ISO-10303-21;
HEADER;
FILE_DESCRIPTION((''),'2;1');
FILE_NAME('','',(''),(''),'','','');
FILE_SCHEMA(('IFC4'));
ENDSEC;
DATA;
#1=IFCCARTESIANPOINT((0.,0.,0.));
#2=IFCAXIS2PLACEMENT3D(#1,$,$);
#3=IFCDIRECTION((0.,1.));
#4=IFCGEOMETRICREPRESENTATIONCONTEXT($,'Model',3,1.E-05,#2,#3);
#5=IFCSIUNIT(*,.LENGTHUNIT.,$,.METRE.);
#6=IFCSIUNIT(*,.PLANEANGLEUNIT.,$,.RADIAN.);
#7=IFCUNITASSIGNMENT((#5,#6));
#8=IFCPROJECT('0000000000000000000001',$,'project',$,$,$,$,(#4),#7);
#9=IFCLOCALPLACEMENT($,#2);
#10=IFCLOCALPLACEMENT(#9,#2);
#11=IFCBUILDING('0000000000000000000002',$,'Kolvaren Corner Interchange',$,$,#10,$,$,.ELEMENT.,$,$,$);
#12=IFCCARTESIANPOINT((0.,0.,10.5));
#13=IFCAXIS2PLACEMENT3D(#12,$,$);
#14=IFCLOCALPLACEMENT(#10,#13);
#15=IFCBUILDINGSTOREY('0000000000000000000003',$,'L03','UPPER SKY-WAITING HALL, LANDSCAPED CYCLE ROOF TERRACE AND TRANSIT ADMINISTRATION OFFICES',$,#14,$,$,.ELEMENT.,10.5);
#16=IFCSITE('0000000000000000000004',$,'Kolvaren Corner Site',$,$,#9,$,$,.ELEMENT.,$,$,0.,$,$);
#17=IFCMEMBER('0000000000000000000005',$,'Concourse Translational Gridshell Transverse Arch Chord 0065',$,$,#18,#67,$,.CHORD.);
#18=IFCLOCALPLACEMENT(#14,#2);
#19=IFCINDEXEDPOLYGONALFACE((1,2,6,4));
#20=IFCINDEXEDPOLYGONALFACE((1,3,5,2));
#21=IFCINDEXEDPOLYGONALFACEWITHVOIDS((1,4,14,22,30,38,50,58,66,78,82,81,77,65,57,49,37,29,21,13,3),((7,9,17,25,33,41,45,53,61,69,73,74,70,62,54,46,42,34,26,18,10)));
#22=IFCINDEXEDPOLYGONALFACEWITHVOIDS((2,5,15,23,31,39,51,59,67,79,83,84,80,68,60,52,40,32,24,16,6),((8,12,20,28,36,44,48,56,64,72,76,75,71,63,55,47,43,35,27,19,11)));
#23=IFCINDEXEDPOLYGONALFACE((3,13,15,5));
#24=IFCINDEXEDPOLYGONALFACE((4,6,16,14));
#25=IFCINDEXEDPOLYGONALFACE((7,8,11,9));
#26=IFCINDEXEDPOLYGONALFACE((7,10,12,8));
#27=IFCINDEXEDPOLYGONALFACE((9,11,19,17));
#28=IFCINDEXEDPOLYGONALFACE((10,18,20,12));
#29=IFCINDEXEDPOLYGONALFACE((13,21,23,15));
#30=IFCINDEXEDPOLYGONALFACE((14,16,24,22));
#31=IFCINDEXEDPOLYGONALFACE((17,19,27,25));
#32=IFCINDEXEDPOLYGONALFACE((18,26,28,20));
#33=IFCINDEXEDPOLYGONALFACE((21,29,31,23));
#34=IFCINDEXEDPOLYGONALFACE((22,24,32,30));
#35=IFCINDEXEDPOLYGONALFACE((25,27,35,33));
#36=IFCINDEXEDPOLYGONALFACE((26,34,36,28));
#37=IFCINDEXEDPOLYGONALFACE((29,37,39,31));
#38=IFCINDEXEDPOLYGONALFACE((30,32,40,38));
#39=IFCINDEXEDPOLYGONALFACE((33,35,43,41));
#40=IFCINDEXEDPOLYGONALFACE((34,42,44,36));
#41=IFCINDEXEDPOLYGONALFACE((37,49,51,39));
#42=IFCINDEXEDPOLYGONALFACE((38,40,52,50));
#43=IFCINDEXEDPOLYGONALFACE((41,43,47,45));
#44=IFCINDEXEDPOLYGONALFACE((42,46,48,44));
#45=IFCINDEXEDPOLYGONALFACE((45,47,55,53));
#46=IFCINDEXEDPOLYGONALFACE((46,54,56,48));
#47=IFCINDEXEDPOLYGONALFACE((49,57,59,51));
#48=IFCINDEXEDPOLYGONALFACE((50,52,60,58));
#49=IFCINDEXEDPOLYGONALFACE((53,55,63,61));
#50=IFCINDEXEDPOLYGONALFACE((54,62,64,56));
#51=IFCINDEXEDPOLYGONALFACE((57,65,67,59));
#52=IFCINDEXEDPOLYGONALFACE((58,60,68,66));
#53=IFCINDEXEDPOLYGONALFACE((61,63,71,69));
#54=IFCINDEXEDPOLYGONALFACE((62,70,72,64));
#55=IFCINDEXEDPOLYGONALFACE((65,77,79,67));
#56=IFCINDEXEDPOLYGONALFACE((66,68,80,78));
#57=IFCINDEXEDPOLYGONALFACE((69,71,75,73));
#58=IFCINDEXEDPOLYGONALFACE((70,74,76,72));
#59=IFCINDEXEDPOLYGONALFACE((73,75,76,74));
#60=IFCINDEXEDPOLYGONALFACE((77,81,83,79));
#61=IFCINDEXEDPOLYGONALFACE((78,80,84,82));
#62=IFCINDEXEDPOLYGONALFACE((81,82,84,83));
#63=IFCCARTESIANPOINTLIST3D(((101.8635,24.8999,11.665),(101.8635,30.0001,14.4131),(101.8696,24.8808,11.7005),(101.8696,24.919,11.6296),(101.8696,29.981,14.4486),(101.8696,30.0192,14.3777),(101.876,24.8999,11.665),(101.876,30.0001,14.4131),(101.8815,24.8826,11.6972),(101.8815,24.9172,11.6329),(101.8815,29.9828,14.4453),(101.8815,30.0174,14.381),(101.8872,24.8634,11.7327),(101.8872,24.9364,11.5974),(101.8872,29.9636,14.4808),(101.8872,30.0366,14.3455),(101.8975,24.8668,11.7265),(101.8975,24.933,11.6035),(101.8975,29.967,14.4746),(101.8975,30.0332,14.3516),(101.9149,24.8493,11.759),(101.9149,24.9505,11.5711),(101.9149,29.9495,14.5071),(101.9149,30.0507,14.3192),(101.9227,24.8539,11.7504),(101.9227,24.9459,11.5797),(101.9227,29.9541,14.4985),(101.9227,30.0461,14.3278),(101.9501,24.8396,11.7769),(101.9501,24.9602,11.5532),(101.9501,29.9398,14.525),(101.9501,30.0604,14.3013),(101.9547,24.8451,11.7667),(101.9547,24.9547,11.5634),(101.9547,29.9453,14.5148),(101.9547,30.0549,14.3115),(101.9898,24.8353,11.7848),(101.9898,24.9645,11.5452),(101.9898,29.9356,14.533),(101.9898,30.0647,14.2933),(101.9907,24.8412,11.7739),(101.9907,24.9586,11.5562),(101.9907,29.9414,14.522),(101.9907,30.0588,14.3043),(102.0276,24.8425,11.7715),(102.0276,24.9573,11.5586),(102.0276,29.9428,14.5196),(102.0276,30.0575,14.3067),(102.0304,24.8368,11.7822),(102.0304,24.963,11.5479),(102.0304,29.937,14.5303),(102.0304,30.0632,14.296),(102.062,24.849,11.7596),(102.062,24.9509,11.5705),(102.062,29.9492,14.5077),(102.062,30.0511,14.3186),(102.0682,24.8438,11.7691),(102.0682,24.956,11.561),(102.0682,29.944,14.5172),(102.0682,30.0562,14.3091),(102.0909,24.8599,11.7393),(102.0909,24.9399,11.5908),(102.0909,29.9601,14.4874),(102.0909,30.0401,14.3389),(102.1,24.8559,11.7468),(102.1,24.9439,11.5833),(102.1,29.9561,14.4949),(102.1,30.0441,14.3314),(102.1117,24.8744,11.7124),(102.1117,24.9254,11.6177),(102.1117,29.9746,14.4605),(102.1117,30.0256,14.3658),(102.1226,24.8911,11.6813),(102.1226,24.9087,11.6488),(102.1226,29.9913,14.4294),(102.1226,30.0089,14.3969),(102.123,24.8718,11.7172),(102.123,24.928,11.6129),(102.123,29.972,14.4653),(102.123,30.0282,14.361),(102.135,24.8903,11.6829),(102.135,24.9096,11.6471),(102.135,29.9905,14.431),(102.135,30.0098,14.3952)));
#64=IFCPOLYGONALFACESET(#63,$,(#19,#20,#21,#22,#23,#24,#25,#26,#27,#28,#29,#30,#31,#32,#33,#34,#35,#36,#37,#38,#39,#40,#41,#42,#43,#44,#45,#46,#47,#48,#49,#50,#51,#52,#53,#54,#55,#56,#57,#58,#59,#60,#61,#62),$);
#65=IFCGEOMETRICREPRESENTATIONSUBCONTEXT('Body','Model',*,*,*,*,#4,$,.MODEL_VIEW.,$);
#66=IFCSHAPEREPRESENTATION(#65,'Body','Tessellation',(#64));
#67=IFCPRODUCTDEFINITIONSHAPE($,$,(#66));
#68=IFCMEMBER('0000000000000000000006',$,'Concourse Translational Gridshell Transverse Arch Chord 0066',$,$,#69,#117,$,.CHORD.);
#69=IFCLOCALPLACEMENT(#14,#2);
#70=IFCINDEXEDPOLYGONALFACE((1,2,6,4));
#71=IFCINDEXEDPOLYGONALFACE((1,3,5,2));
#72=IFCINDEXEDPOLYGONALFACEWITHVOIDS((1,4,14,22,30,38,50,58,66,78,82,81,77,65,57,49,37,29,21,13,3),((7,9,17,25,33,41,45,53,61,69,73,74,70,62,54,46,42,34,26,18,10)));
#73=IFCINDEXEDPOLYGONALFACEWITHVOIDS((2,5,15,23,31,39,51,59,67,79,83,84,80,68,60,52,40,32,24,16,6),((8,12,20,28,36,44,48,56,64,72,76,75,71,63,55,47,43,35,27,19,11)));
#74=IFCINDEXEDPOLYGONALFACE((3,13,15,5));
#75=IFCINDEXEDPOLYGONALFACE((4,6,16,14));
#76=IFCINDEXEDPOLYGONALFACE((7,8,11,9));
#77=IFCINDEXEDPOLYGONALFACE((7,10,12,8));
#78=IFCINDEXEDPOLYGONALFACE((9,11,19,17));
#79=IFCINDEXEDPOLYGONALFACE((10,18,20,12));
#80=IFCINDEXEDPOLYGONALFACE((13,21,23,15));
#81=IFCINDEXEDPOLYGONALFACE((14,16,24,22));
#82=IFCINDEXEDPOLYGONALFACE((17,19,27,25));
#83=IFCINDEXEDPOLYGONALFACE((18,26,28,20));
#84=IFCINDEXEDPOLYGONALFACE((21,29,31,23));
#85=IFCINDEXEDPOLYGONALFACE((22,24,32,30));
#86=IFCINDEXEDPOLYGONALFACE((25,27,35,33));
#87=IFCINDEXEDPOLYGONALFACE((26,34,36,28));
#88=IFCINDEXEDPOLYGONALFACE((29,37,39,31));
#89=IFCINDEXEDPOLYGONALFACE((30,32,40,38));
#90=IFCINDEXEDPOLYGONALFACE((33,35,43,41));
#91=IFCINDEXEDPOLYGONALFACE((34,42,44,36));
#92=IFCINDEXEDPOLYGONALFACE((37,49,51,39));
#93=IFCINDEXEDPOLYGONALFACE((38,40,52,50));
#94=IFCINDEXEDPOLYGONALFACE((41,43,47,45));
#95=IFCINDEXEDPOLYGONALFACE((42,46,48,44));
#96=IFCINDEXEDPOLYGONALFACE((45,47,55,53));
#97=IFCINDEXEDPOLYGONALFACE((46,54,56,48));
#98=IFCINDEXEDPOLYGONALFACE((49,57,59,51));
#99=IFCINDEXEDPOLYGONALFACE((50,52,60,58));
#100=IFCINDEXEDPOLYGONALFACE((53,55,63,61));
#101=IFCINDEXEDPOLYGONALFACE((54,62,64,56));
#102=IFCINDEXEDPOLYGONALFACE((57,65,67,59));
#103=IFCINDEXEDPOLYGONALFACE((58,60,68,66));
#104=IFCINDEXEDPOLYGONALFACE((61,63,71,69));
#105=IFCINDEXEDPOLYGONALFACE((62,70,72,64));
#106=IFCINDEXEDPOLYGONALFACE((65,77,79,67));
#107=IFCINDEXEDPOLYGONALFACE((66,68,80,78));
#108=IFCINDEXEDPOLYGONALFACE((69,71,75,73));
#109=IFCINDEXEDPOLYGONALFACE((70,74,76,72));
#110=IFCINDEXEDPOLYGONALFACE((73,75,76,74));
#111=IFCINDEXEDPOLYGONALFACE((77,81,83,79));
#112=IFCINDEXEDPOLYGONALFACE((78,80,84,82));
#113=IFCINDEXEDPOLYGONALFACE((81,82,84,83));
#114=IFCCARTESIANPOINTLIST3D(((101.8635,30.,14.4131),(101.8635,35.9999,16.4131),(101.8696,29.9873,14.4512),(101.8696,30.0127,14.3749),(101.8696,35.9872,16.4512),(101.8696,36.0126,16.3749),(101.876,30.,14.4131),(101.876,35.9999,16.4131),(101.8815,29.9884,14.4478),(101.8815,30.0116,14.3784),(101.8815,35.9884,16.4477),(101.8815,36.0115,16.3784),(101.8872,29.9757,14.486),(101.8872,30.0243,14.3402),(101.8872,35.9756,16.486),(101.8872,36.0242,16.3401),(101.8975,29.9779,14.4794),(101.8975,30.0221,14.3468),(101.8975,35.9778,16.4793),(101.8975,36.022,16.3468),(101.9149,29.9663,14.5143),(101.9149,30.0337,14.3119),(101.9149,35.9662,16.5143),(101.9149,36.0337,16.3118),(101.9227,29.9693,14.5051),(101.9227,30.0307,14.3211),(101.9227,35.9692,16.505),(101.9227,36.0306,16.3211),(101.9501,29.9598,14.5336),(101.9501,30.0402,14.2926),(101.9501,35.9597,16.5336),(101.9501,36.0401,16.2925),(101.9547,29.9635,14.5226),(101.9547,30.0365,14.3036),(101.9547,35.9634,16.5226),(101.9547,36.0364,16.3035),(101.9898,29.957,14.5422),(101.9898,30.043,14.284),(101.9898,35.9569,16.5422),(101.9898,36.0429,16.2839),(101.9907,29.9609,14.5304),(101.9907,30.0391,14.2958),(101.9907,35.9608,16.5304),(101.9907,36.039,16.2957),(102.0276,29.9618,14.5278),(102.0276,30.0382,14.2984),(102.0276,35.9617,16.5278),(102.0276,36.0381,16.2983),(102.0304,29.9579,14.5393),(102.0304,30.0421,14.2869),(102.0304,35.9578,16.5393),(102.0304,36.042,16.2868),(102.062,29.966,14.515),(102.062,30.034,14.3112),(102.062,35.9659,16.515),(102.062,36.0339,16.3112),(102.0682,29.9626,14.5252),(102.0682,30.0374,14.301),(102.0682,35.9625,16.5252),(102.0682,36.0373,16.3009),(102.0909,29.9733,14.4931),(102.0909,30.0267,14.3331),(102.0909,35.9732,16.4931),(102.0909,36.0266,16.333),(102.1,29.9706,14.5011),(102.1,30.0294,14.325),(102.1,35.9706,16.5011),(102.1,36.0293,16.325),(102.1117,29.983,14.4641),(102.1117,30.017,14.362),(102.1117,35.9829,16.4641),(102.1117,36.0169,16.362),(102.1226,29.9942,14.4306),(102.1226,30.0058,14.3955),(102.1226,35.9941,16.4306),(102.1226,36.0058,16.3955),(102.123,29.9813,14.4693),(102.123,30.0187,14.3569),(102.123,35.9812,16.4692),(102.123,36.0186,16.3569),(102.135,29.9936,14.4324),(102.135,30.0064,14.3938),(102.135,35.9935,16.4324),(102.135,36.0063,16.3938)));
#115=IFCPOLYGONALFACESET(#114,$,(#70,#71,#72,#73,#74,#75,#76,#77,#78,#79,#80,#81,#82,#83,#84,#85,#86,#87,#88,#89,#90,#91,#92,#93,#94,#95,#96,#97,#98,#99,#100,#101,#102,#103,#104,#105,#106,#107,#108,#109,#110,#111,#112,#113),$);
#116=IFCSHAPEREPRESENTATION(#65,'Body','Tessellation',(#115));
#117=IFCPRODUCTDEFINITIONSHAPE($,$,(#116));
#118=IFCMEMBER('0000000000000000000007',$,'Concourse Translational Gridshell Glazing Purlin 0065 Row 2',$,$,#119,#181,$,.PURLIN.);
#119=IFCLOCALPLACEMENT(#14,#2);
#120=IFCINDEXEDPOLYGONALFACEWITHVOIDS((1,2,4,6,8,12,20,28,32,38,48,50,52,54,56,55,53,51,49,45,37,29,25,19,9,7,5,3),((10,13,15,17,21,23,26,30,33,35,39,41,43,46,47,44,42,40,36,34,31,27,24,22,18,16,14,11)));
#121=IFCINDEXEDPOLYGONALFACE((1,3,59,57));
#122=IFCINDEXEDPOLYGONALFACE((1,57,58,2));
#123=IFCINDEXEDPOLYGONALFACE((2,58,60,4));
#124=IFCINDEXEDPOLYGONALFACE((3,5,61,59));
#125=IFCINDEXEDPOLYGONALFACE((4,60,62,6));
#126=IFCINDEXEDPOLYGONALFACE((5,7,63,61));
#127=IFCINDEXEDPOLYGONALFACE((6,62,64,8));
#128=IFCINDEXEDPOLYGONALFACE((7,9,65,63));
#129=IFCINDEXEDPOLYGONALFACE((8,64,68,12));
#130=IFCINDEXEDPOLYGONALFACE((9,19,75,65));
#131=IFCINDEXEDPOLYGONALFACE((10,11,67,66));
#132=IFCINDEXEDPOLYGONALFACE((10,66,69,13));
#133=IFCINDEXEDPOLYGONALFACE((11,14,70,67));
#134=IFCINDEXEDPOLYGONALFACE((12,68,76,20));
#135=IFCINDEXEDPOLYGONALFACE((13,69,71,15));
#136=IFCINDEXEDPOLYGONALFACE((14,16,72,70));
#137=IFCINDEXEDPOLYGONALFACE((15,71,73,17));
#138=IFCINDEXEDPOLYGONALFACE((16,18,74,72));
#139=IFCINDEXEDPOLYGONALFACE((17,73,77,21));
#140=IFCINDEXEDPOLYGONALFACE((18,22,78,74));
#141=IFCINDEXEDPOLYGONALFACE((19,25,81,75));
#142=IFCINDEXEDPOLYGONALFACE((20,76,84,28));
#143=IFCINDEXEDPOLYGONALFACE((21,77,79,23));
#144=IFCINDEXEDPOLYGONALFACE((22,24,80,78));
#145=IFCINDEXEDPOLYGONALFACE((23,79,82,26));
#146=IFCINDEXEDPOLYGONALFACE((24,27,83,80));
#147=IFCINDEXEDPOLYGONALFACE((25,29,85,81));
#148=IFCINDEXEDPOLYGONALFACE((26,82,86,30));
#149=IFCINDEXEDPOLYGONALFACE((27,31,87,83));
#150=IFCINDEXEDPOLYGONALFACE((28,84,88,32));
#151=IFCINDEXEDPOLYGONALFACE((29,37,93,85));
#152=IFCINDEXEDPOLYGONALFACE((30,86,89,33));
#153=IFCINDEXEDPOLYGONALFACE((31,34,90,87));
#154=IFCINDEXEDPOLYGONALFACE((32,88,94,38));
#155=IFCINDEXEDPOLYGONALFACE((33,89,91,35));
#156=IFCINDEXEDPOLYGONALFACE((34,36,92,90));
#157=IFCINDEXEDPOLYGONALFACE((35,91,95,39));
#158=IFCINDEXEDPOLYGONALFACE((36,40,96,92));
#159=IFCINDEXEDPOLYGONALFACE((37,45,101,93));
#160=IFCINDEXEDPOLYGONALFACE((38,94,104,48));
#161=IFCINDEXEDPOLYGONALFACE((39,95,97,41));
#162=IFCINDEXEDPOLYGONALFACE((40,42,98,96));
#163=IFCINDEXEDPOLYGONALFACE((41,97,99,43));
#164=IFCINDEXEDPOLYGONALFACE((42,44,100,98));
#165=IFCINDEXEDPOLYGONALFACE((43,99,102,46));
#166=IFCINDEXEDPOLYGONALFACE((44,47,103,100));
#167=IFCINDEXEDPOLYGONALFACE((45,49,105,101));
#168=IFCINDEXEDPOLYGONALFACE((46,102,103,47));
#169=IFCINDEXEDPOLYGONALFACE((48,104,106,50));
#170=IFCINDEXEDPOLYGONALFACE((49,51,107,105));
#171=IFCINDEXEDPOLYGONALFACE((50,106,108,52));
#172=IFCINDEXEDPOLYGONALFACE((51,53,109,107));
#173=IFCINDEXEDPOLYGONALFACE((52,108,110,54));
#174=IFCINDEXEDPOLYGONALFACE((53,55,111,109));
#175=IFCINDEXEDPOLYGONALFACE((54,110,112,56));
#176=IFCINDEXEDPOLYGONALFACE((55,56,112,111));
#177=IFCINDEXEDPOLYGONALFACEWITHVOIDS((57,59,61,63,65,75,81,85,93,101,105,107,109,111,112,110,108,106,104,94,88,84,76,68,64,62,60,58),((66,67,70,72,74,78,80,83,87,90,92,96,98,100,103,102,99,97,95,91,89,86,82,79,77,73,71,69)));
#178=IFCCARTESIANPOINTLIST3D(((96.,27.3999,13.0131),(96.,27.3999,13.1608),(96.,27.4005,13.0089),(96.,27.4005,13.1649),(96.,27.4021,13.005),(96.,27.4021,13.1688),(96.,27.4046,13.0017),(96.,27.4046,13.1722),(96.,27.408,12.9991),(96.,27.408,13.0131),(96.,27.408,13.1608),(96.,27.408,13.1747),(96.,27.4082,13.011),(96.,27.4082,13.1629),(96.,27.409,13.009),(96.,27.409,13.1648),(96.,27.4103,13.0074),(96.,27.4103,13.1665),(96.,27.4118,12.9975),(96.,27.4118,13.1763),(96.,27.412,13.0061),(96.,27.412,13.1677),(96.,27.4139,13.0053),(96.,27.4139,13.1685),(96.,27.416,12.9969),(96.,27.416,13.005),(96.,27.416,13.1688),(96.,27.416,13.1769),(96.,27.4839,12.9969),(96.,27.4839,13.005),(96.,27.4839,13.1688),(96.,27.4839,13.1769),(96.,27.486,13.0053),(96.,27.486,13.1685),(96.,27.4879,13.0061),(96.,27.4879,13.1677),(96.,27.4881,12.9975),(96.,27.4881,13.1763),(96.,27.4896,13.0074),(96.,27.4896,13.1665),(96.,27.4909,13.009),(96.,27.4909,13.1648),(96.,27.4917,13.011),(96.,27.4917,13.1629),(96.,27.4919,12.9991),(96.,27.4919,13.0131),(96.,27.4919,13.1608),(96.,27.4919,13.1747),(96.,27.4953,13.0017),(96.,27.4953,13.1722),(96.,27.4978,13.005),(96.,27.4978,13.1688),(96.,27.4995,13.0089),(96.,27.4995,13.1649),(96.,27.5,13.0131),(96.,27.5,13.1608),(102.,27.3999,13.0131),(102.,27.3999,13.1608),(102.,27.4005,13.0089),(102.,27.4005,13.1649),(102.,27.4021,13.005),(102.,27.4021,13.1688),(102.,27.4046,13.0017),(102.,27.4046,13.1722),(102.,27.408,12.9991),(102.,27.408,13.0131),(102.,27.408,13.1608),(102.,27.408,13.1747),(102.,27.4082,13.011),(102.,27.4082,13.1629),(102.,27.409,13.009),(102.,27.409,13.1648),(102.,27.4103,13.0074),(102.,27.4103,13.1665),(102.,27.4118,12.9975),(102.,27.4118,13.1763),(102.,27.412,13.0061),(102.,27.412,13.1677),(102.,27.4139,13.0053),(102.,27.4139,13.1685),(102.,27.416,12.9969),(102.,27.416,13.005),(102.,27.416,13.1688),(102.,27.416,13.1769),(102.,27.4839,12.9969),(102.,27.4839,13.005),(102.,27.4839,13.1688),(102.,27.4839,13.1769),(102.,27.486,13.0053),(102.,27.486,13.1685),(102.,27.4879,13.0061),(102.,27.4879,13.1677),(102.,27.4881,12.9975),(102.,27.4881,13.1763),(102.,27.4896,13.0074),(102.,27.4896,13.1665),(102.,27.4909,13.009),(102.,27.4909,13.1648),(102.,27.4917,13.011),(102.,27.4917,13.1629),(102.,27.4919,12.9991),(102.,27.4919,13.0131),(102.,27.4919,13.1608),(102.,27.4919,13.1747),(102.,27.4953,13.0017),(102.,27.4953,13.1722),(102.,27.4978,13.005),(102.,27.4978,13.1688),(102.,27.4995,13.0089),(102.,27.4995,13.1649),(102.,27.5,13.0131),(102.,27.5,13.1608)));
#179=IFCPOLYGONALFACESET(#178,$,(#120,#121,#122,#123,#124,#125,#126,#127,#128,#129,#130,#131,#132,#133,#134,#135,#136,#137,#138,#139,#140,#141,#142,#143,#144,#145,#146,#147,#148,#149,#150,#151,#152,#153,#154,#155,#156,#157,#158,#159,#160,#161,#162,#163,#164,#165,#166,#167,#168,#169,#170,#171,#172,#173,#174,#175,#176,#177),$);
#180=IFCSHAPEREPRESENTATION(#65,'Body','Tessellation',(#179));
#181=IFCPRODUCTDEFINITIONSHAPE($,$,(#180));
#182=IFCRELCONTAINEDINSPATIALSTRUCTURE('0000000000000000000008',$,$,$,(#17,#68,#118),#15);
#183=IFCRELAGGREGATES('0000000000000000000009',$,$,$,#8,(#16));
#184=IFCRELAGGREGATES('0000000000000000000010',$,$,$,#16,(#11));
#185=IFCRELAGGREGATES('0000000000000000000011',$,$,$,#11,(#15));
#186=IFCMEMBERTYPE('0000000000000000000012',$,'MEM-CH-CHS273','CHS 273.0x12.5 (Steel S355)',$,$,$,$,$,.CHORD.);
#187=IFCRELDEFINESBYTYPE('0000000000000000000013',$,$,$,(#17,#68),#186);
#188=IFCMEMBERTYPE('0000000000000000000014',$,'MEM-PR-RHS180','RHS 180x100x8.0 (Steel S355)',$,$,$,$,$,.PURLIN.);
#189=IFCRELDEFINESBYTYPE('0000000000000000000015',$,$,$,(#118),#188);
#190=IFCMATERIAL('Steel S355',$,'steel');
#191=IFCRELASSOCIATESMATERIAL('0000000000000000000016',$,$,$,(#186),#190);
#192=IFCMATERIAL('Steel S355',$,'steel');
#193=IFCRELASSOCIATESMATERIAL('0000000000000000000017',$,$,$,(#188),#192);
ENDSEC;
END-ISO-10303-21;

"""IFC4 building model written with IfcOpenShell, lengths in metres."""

from ifc_helpers import new_model, si_unit, direction, frame, origin, origin_2d, place, context, subcontext, project, spatial, hollow_rectangle, hollow_circle, extrude, material, material_profile, profile_set, type_object, element, save


model = new_model("IFC4")

# Units and contexts
model_context = context("Model", 3, precision=1e-05, world=origin(), true_north=direction((0.0, 1.0)))
body_context = subcontext(model_context, "Body", "Model", "MODEL_VIEW")
ifc_project = project(units=[si_unit("LENGTHUNIT", "METRE"), si_unit("PLANEANGLEUNIT", "RADIAN")], contexts=[model_context])

# Site, building, storey
site_placement = place(None, origin())
site = spatial("IfcSite", under=ifc_project, at=site_placement, Name="Kolvaren Corner Site", CompositionType="ELEMENT", RefElevation=0.0)
building_placement = place(site_placement, origin())
building = spatial("IfcBuilding", under=site, at=building_placement, Name="Kolvaren Corner Interchange", CompositionType="ELEMENT")
storey_placement = place(building_placement, frame((0.0, 0.0, 10.5)))
storey = spatial("IfcBuildingStorey", under=building, at=storey_placement, Name="L03", Description="UPPER SKY-WAITING HALL, LANDSCAPED CYCLE ROOF TERRACE AND TRANSIT ADMINISTRATION OFFICES", CompositionType="ELEMENT", Elevation=10.5)

# Members
ifc_material_1 = material(Name="Steel S355", Category="steel")
ifc_material_profile_1 = material_profile(ifc_material_1, hollow_circle(Radius=0.1365, WallThickness=0.0125, at=origin_2d()), Name="CHS 273.0x12.5")
ifc_profile_set_1 = profile_set([ifc_material_profile_1], Name="Steel S355")
member_type_1 = type_object("IfcMemberType", Name="MEM-CH-CHS273", Description="CHS 273.0x12.5 (Steel S355)", PredefinedType="CHORD", material=ifc_profile_set_1)
member_1_placement = place(storey_placement, frame((102.0, 24.8999, 11.665), z_axis=(0.0, 0.880338, 0.474346), x_axis=(-1.0, 0.0, 0.0)))
element("IfcMember", 1, at=member_1_placement, inside=storey, type_object=member_type_1, Name="Concourse Translational Gridshell Transverse Arch Chord 0065", PredefinedType="CHORD", context=body_context, shape_type="SweptSolid", body=[
    extrude(hollow_circle(Radius=0.1365, WallThickness=0.0125, at=origin_2d()), origin(), (0.0, 0.0, 1.0), 5.7935),
])
member_2_placement = place(storey_placement, frame((102.0, 30.0, 14.4131), z_axis=(0.0, 0.948683, 0.316228), x_axis=(-1.0, 0.0, 0.0)))
element("IfcMember", 2, at=member_2_placement, inside=storey, type_object=member_type_1, Name="Concourse Translational Gridshell Transverse Arch Chord 0066", PredefinedType="CHORD", context=body_context, shape_type="SweptSolid", body=[
    extrude(hollow_circle(Radius=0.1365, WallThickness=0.0125, at=origin_2d()), origin(), (0.0, 0.0, 1.0), 6.3245),
])
ifc_material_2 = material(Name="Steel S355", Category="steel")
ifc_material_profile_2 = material_profile(ifc_material_2, hollow_rectangle(XDim=0.1001, YDim=0.1799, WallThickness=0.0081, InnerFilletRadius=0.0081, OuterFilletRadius=0.0161, at=origin_2d()), Name="RHS 180x100x8.0")
ifc_profile_set_2 = profile_set([ifc_material_profile_2], Name="Steel S355")
member_type_2 = type_object("IfcMemberType", Name="MEM-PR-RHS180", Description="RHS 180x100x8.0 (Steel S355)", PredefinedType="PURLIN", material=ifc_profile_set_2)
for number, where, z_axis, x_axis, name in (
    (3, (96.0, 27.45, 13.0869), (1.0, 0.0, 0.0), (0.0, 1.0, 0.0), "Concourse Translational Gridshell Glazing Purlin 0065 Row 2"),
):
    element("IfcMember", number, at=place(storey_placement, frame(where, z_axis=z_axis, x_axis=x_axis)), inside=storey, type_object=member_type_2, Name=name, PredefinedType="PURLIN", context=body_context, shape_type="SweptSolid", body=[
        extrude(hollow_rectangle(XDim=0.1001, YDim=0.1799, WallThickness=0.0081, InnerFilletRadius=0.0081, OuterFilletRadius=0.0161, at=origin_2d()), origin(), (0.0, 0.0, 1.0), 6.0),
    ])

save(model, "model.ifc")
